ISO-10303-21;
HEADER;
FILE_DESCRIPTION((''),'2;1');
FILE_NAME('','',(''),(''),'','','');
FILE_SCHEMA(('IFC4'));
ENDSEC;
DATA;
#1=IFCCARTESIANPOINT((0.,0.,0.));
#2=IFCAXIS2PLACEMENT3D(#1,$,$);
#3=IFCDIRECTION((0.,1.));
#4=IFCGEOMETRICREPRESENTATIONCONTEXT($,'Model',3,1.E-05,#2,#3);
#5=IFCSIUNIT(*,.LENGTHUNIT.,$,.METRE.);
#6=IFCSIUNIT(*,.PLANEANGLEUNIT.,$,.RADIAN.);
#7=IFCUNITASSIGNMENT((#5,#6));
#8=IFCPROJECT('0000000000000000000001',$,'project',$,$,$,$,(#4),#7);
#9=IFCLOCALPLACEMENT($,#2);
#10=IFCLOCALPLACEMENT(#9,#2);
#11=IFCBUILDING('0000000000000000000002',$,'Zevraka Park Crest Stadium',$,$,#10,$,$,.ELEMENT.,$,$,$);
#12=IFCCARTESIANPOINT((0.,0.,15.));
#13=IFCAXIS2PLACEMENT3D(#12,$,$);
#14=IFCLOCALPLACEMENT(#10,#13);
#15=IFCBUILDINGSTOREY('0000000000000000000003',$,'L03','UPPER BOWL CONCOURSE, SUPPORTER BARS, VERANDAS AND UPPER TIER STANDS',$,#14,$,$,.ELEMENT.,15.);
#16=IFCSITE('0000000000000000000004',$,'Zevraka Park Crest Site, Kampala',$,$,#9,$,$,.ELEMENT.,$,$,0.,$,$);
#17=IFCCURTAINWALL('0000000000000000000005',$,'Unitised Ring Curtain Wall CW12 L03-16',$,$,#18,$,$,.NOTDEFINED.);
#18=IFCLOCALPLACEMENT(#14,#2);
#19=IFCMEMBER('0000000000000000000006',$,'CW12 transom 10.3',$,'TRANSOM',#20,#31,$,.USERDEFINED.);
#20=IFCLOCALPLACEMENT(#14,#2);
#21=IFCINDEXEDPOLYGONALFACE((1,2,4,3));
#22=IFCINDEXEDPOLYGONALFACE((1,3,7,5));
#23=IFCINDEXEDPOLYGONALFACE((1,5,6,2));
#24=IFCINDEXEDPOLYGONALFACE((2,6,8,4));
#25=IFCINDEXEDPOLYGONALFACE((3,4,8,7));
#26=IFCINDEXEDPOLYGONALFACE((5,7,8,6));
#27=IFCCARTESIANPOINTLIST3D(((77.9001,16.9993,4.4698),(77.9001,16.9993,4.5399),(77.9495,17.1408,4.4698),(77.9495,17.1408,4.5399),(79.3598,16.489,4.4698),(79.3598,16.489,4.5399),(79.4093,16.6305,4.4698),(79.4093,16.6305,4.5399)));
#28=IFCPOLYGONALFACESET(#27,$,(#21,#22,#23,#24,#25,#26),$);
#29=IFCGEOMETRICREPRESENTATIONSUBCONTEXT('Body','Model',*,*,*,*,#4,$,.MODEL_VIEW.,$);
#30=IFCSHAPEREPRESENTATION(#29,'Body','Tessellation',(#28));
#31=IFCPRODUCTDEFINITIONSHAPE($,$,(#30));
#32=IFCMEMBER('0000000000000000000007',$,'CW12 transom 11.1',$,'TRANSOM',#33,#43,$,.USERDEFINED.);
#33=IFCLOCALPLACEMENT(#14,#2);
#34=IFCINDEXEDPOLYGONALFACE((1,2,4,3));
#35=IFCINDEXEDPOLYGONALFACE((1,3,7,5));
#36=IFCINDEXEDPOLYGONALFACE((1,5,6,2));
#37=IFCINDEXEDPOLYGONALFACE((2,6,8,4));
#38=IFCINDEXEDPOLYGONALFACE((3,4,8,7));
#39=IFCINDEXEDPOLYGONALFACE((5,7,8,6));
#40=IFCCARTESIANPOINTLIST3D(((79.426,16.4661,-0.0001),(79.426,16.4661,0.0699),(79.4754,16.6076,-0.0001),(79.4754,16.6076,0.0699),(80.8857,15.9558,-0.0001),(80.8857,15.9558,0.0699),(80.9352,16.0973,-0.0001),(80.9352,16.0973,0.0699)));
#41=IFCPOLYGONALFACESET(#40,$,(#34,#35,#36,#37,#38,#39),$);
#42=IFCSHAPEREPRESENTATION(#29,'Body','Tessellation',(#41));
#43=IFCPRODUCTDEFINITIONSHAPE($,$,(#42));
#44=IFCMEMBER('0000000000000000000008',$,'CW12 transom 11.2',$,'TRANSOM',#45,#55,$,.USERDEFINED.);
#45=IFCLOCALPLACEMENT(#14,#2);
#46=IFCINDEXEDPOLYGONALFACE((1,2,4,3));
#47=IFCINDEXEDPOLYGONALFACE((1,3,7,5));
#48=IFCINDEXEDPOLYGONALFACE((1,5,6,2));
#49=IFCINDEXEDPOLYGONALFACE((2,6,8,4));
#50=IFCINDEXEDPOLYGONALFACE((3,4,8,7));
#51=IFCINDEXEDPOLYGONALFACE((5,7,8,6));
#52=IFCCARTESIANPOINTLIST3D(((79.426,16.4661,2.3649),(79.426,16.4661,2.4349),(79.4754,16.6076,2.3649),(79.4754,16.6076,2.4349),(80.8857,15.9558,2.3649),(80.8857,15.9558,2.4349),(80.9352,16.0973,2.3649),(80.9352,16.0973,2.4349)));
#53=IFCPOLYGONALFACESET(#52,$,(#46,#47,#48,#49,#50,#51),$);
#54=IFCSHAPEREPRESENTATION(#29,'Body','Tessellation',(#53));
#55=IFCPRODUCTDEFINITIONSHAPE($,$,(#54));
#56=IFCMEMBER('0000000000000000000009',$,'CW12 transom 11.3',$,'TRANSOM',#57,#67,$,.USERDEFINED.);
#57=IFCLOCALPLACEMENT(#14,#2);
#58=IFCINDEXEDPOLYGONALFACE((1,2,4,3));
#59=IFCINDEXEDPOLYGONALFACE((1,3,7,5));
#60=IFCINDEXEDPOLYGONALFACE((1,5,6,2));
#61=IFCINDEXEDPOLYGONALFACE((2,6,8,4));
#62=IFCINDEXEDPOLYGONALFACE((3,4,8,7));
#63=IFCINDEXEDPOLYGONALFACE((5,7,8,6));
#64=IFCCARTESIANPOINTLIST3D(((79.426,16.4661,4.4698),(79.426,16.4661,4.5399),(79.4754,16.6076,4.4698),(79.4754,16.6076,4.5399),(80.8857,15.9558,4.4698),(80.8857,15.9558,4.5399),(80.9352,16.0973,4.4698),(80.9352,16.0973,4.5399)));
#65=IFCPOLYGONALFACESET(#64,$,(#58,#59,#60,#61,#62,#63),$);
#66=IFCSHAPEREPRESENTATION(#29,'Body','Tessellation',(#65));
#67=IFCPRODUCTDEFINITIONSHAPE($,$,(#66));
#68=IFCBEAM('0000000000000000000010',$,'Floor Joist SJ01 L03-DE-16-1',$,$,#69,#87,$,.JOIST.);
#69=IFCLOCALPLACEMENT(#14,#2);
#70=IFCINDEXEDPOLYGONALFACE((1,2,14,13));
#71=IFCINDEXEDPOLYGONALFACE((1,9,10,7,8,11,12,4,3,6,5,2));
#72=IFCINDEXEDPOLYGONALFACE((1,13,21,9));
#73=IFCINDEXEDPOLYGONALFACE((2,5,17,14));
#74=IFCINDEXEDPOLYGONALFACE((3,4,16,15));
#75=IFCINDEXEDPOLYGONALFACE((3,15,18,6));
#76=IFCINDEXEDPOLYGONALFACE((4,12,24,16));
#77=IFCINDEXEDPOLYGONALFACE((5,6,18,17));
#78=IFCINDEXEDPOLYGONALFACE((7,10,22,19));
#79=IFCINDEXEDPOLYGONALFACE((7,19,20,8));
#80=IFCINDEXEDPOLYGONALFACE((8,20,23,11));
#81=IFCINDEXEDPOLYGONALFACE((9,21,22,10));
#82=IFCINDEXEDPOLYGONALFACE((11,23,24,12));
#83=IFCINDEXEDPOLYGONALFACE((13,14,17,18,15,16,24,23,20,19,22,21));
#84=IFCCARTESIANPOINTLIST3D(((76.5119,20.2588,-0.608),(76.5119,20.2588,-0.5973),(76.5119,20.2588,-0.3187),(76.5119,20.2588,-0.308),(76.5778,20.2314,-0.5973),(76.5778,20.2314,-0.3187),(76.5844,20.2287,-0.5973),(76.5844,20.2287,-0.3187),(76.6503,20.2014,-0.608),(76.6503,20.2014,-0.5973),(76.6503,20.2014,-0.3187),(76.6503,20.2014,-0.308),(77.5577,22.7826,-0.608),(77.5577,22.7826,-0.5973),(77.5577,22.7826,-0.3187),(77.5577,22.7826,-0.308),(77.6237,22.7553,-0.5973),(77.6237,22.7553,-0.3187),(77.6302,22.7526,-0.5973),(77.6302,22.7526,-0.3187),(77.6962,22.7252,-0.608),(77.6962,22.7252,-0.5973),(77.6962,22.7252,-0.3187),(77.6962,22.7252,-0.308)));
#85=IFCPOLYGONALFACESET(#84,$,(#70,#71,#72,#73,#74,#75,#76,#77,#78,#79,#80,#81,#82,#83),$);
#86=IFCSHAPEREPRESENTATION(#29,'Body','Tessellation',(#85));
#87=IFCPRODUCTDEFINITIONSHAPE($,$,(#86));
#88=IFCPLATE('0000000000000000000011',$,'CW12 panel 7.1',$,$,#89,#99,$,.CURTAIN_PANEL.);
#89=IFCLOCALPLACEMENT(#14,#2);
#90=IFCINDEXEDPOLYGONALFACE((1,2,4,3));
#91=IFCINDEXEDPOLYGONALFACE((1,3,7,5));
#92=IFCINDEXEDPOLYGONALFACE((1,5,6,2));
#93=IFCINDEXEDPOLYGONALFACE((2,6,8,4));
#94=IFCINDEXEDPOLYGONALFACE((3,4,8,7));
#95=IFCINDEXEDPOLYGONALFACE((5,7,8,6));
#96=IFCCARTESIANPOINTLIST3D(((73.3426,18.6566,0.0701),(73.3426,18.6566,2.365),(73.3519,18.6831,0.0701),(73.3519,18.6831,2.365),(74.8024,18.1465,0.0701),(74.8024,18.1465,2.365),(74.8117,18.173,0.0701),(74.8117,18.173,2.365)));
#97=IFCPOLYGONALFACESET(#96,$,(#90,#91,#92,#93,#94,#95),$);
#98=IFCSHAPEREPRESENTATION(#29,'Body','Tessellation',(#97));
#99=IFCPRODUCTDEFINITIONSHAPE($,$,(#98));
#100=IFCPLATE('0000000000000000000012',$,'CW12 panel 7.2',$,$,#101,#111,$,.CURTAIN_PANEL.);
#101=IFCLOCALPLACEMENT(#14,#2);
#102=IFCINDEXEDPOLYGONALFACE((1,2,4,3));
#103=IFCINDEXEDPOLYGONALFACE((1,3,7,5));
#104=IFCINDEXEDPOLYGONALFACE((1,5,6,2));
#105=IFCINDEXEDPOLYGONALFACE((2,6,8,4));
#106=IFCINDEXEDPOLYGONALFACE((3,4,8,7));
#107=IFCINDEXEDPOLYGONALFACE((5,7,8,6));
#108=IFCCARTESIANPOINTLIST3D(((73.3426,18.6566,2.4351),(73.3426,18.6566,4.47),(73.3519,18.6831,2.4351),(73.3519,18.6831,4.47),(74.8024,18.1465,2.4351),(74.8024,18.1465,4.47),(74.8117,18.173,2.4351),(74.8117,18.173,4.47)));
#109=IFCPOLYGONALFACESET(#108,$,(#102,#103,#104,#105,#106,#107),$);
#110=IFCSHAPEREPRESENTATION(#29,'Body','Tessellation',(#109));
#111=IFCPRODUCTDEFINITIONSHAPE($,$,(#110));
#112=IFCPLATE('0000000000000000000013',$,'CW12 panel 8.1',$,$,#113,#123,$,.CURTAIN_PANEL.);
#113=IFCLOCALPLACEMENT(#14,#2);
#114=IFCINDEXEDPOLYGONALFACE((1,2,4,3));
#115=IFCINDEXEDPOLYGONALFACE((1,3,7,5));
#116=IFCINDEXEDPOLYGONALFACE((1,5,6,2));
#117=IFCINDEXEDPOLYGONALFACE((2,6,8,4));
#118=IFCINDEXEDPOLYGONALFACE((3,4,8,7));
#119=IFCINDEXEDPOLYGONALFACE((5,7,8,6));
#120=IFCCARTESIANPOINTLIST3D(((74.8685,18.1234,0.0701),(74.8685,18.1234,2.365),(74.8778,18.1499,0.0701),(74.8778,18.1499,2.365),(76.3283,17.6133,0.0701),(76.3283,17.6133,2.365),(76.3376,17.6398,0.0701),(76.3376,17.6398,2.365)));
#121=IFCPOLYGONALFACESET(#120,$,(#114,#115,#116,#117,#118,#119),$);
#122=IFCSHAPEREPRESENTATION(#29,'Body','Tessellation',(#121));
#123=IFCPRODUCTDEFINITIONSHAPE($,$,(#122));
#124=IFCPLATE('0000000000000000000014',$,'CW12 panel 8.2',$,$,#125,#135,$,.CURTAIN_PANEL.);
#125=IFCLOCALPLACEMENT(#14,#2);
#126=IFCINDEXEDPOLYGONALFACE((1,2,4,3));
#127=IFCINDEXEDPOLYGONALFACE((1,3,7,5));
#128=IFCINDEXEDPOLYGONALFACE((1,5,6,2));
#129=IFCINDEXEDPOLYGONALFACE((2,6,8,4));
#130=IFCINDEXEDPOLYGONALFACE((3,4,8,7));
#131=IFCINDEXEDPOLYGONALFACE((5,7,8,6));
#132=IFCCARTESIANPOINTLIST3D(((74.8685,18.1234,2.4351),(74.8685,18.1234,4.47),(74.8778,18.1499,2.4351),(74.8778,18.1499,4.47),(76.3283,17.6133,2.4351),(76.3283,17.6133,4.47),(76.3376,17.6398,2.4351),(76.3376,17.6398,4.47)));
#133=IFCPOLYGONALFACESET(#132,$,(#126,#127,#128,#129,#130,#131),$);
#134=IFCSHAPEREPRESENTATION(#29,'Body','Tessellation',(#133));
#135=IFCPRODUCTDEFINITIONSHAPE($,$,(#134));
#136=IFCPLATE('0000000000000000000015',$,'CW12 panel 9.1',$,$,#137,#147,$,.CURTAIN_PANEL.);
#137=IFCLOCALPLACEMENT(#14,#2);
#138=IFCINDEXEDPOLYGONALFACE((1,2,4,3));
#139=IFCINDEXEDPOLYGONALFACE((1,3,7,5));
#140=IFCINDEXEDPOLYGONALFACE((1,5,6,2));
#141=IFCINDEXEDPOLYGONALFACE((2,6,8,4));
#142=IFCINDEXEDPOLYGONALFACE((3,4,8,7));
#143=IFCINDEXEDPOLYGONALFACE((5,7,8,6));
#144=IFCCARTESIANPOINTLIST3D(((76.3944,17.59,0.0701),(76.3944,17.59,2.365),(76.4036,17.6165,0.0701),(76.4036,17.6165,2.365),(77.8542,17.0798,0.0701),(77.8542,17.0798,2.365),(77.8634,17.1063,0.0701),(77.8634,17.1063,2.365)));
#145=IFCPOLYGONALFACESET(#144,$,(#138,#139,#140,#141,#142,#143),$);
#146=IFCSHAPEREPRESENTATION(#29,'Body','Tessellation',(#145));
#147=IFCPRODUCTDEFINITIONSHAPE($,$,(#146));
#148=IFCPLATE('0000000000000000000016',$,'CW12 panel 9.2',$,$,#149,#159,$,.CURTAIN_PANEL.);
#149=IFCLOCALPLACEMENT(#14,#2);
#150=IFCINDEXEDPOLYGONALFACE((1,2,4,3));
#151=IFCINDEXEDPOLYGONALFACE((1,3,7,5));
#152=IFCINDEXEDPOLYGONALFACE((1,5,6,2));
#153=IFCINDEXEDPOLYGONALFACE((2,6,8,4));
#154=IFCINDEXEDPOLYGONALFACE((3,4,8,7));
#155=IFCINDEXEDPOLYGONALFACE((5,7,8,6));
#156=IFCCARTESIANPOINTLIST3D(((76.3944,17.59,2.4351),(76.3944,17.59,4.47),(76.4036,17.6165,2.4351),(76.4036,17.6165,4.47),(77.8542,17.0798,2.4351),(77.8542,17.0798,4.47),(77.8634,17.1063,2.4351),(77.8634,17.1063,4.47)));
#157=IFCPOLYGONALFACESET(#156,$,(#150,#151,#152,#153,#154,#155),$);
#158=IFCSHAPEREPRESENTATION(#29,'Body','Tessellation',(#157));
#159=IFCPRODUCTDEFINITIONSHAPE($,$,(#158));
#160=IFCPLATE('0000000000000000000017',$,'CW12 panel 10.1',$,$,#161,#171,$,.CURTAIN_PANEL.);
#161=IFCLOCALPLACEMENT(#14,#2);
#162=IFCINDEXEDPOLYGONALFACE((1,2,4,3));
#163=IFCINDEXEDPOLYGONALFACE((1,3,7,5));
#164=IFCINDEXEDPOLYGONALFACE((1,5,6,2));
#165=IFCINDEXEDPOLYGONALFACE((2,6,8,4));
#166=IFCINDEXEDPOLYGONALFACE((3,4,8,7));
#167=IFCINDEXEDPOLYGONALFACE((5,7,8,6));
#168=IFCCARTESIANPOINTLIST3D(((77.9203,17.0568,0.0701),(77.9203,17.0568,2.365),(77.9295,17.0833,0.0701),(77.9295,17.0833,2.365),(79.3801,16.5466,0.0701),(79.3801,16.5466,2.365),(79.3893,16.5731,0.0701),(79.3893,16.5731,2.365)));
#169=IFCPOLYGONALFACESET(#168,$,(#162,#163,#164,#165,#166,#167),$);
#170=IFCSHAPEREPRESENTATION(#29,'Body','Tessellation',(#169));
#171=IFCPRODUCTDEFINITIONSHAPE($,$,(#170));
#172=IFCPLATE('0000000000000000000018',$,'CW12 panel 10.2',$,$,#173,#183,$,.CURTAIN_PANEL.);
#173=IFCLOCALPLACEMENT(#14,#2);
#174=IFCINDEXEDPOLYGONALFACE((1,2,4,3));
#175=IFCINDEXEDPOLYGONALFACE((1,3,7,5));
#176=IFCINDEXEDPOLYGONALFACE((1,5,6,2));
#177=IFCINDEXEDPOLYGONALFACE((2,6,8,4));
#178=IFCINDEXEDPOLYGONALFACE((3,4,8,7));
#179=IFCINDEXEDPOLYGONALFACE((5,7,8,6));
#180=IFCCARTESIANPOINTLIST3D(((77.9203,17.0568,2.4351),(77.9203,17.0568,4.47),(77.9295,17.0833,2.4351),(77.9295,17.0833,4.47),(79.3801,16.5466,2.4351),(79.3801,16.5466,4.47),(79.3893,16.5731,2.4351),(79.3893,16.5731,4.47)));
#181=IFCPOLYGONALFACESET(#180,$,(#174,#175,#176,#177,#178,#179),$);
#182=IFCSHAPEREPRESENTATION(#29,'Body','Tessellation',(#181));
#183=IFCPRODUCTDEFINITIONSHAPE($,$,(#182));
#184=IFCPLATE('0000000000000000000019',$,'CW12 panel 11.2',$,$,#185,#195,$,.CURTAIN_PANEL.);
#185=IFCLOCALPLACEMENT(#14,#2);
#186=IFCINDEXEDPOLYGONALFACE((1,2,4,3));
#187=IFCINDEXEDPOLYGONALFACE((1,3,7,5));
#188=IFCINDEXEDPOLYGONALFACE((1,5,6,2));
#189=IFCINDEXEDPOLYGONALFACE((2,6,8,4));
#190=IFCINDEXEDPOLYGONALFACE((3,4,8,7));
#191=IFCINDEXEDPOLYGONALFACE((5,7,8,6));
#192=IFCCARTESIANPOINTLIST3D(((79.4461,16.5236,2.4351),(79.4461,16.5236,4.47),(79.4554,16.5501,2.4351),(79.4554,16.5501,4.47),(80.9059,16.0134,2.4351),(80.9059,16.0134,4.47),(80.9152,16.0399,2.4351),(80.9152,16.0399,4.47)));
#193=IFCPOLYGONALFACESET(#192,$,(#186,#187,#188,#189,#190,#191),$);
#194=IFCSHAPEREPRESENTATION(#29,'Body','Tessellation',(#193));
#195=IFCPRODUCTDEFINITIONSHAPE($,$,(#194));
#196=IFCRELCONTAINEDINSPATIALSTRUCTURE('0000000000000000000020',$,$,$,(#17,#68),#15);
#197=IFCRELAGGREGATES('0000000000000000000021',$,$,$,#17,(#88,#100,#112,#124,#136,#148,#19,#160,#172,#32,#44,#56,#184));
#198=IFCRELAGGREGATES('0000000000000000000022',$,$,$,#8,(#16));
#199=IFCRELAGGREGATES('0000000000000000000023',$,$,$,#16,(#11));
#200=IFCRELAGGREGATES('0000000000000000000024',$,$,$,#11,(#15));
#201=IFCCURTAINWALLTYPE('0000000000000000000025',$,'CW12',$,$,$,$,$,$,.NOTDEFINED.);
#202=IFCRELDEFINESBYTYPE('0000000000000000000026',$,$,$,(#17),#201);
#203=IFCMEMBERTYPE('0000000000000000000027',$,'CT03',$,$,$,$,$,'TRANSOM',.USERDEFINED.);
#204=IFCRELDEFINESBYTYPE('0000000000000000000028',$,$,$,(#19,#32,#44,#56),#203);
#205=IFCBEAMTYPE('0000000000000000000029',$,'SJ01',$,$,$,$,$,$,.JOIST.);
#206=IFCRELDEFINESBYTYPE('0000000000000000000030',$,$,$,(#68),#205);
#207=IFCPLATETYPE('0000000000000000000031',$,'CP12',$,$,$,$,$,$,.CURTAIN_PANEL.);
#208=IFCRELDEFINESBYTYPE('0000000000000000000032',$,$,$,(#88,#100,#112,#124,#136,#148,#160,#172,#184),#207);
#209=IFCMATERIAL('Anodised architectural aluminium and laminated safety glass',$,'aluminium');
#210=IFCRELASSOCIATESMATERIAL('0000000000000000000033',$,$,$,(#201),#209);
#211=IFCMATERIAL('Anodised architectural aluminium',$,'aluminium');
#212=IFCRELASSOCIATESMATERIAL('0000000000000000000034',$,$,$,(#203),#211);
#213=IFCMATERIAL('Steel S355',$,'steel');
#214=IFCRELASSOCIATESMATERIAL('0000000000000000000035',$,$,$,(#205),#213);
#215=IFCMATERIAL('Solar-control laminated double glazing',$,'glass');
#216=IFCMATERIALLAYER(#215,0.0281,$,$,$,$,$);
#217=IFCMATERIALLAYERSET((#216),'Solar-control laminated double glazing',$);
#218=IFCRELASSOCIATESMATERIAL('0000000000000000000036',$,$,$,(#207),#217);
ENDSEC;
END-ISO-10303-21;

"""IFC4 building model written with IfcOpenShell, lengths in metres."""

from ifc_helpers import new_model, si_unit, direction, frame, origin, origin_2d, place, context, subcontext, project, spatial, rectangle, i_section, extrude, material, layer, layer_set, material_profile, profile_set, type_object, element, aggregate, save


model = new_model("IFC4")

# Units and contexts
model_context = context("Model", 3, precision=1e-05, world=origin(), true_north=direction((0.0, 1.0)))
body_context = subcontext(model_context, "Body", "Model", "MODEL_VIEW")
ifc_project = project(units=[si_unit("LENGTHUNIT", "METRE"), si_unit("PLANEANGLEUNIT", "RADIAN")], contexts=[model_context])

# Site, building, storey
site_placement = place(None, origin())
site = spatial("IfcSite", under=ifc_project, at=site_placement, Name="Zevraka Park Crest Site, Kampala", CompositionType="ELEMENT", RefElevation=0.0)
building_placement = place(site_placement, origin())
building = spatial("IfcBuilding", under=site, at=building_placement, Name="Zevraka Park Crest Stadium", CompositionType="ELEMENT")
storey_placement = place(building_placement, frame((0.0, 0.0, 15.0)))
storey = spatial("IfcBuildingStorey", under=building, at=storey_placement, Name="L03", Description="UPPER BOWL CONCOURSE, SUPPORTER BARS, VERANDAS AND UPPER TIER STANDS", CompositionType="ELEMENT", Elevation=15.0)

# Curtain wall, members
ifc_material_1 = material(Name="Anodised architectural aluminium and laminated safety glass", Category="aluminium")
curtain_wall_type = type_object("IfcCurtainWallType", Name="CW12", PredefinedType="NOTDEFINED", material=ifc_material_1)
curtain_wall_placement = place(storey_placement, origin())
curtain_wall = element("IfcCurtainWall", 1, at=curtain_wall_placement, inside=storey, type_object=curtain_wall_type, Name="Unitised Ring Curtain Wall CW12 L03-16", PredefinedType="NOTDEFINED")
ifc_material_2 = material(Name="Anodised architectural aluminium", Category="aluminium")
ifc_material_profile_1 = material_profile(ifc_material_2, rectangle(XDim=0.1499, YDim=0.0701, at=origin_2d()), Name="ALU TRANSOM 150x70")
ifc_profile_set_1 = profile_set([ifc_material_profile_1], Name="Anodised architectural aluminium")
member_type_1 = type_object("IfcMemberType", Name="CT03", ElementType="TRANSOM", PredefinedType="USERDEFINED", material=ifc_profile_set_1)
member_1_placement = place(storey_placement, frame((77.9248, 17.0701, 4.5049), z_axis=(0.943989, -0.329978, 0.0), x_axis=(0.329978, 0.943989, 0.0)))
member_1 = element("IfcMember", 2, at=member_1_placement, type_object=member_type_1, Name="CW12 transom 10.3", ObjectType="TRANSOM", PredefinedType="USERDEFINED", context=body_context, shape_type="SweptSolid", body=[
    extrude(rectangle(XDim=0.1499, YDim=0.0701, at=origin_2d()), origin(), (0.0, 0.0, 1.0), 1.5464),
])
member_2_placement = place(storey_placement, frame((79.4507, 16.5369, 0.0349), z_axis=(0.943989, -0.329978, 0.0), x_axis=(0.329978, 0.943989, 0.0)))
member_2 = element("IfcMember", 3, at=member_2_placement, type_object=member_type_1, Name="CW12 transom 11.1", ObjectType="TRANSOM", PredefinedType="USERDEFINED", context=body_context, shape_type="SweptSolid", body=[
    extrude(rectangle(XDim=0.1499, YDim=0.0701, at=origin_2d()), origin(), (0.0, 0.0, 1.0), 1.5464),
])
member_3_placement = place(storey_placement, frame((79.4507, 16.5369, 2.3999), z_axis=(0.943989, -0.329978, 0.0), x_axis=(0.329978, 0.943989, 0.0)))
member_3 = element("IfcMember", 4, at=member_3_placement, type_object=member_type_1, Name="CW12 transom 11.2", ObjectType="TRANSOM", PredefinedType="USERDEFINED", context=body_context, shape_type="SweptSolid", body=[
    extrude(rectangle(XDim=0.1499, YDim=0.0701, at=origin_2d()), origin(), (0.0, 0.0, 1.0), 1.5464),
])
member_4_placement = place(storey_placement, frame((79.4507, 16.5369, 4.5049), z_axis=(0.943989, -0.329978, 0.0), x_axis=(0.329978, 0.943989, 0.0)))
member_4 = element("IfcMember", 5, at=member_4_placement, type_object=member_type_1, Name="CW12 transom 11.3", ObjectType="TRANSOM", PredefinedType="USERDEFINED", context=body_context, shape_type="SweptSolid", body=[
    extrude(rectangle(XDim=0.1499, YDim=0.0701, at=origin_2d()), origin(), (0.0, 0.0, 1.0), 1.5464),
])

# Beam
ifc_material_3 = material(Name="Steel S355", Category="steel")
ifc_material_profile_2 = material_profile(ifc_material_3, i_section(OverallWidth=0.1499, OverallDepth=0.3, WebThickness=0.0071, FlangeThickness=0.0107, at=origin_2d()), Name="IPE 300")
ifc_profile_set_2 = profile_set([ifc_material_profile_2], Name="Steel S355")
beam_type = type_object("IfcBeamType", Name="SJ01", PredefinedType="JOIST", material=ifc_profile_set_2)
beam_placement = place(storey_placement, frame((77.627, 22.7539, -0.458), z_axis=(-0.382825, -0.923821, 0.0), x_axis=(0.923821, -0.382825, 0.0)))
element("IfcBeam", 6, at=beam_placement, inside=storey, type_object=beam_type, Name="Floor Joist SJ01 L03-DE-16-1", PredefinedType="JOIST", context=body_context, shape_type="SweptSolid", body=[
    extrude(i_section(OverallWidth=0.1499, OverallDepth=0.3, WebThickness=0.0071, FlangeThickness=0.0107, at=origin_2d()), origin(), (0.0, 0.0, 1.0), 2.7319),
])

# Plates
ifc_material_4 = material(Name="Solar-control laminated double glazing", Category="glass")
ifc_layer_1 = layer(ifc_material_4, 0.0281)
ifc_layer_set_1 = layer_set([ifc_layer_1], Name="Solar-control laminated double glazing")
plate_type = type_object("IfcPlateType", Name="CP12", PredefinedType="CURTAIN_PANEL", material=ifc_layer_set_1)
plate_1_placement = place(storey_placement, frame((74.0771, 18.4148, 0.0701), z_axis=(0.0, 0.0, 1.0), x_axis=(0.94401, -0.329917, 0.0)))
plate_1 = element("IfcPlate", 7, at=plate_1_placement, type_object=plate_type, Name="CW12 panel 7.1", PredefinedType="CURTAIN_PANEL", context=body_context, shape_type="SweptSolid", body=[
    extrude(rectangle(XDim=1.5464, YDim=0.0281, at=origin_2d()), origin(), (0.0, 0.0, 1.0), 2.2949),
])
plate_2_placement = place(storey_placement, frame((74.0771, 18.4148, 2.4351), z_axis=(0.0, 0.0, 1.0), x_axis=(0.94401, -0.329917, 0.0)))
plate_2 = element("IfcPlate", 8, at=plate_2_placement, type_object=plate_type, Name="CW12 panel 7.2", PredefinedType="CURTAIN_PANEL", context=body_context, shape_type="SweptSolid", body=[
    extrude(rectangle(XDim=1.5464, YDim=0.0281, at=origin_2d()), origin(), (0.0, 0.0, 1.0), 2.0349),
])
plate_3_placement = place(storey_placement, frame((75.603, 17.8816, 0.0701), z_axis=(0.0, 0.0, 1.0), x_axis=(0.94401, -0.329917, 0.0)))
plate_3 = element("IfcPlate", 9, at=plate_3_placement, type_object=plate_type, Name="CW12 panel 8.1", PredefinedType="CURTAIN_PANEL", context=body_context, shape_type="SweptSolid", body=[
    extrude(rectangle(XDim=1.5464, YDim=0.0281, at=origin_2d()), origin(), (0.0, 0.0, 1.0), 2.2949),
])
plate_4_placement = place(storey_placement, frame((75.603, 17.8816, 2.4351), z_axis=(0.0, 0.0, 1.0), x_axis=(0.94401, -0.329917, 0.0)))
plate_4 = element("IfcPlate", 10, at=plate_4_placement, type_object=plate_type, Name="CW12 panel 8.2", PredefinedType="CURTAIN_PANEL", context=body_context, shape_type="SweptSolid", body=[
    extrude(rectangle(XDim=1.5464, YDim=0.0281, at=origin_2d()), origin(), (0.0, 0.0, 1.0), 2.0349),
])
plate_5_placement = place(storey_placement, frame((77.1289, 17.3481, 0.0701), z_axis=(0.0, 0.0, 1.0), x_axis=(0.94401, -0.329917, 0.0)))
plate_5 = element("IfcPlate", 11, at=plate_5_placement, type_object=plate_type, Name="CW12 panel 9.1", PredefinedType="CURTAIN_PANEL", context=body_context, shape_type="SweptSolid", body=[
    extrude(rectangle(XDim=1.5464, YDim=0.0281, at=origin_2d()), origin(), (0.0, 0.0, 1.0), 2.2949),
])
plate_6_placement = place(storey_placement, frame((77.1289, 17.3481, 2.4351), z_axis=(0.0, 0.0, 1.0), x_axis=(0.94401, -0.329917, 0.0)))
plate_6 = element("IfcPlate", 12, at=plate_6_placement, type_object=plate_type, Name="CW12 panel 9.2", PredefinedType="CURTAIN_PANEL", context=body_context, shape_type="SweptSolid", body=[
    extrude(rectangle(XDim=1.5464, YDim=0.0281, at=origin_2d()), origin(), (0.0, 0.0, 1.0), 2.0349),
])
plate_7_placement = place(storey_placement, frame((78.6548, 16.8149, 0.0701), z_axis=(0.0, 0.0, 1.0), x_axis=(0.94401, -0.329917, 0.0)))
plate_7 = element("IfcPlate", 13, at=plate_7_placement, type_object=plate_type, Name="CW12 panel 10.1", PredefinedType="CURTAIN_PANEL", context=body_context, shape_type="SweptSolid", body=[
    extrude(rectangle(XDim=1.5464, YDim=0.0281, at=origin_2d()), origin(), (0.0, 0.0, 1.0), 2.2949),
])
plate_8_placement = place(storey_placement, frame((78.6548, 16.8149, 2.4351), z_axis=(0.0, 0.0, 1.0), x_axis=(0.94401, -0.329917, 0.0)))
plate_8 = element("IfcPlate", 14, at=plate_8_placement, type_object=plate_type, Name="CW12 panel 10.2", PredefinedType="CURTAIN_PANEL", context=body_context, shape_type="SweptSolid", body=[
    extrude(rectangle(XDim=1.5464, YDim=0.0281, at=origin_2d()), origin(), (0.0, 0.0, 1.0), 2.0349),
])
plate_9_placement = place(storey_placement, frame((80.1807, 16.2817, 2.4351), z_axis=(0.0, 0.0, 1.0), x_axis=(0.94401, -0.329917, 0.0)))
plate_9 = element("IfcPlate", 15, at=plate_9_placement, type_object=plate_type, Name="CW12 panel 11.2", PredefinedType="CURTAIN_PANEL", context=body_context, shape_type="SweptSolid", body=[
    extrude(rectangle(XDim=1.5464, YDim=0.0281, at=origin_2d()), origin(), (0.0, 0.0, 1.0), 2.0349),
])
aggregate(curtain_wall, [plate_1, plate_2, plate_3, plate_4, plate_5, plate_6, member_1, plate_7, plate_8, member_2, member_3, member_4, plate_9])

save(model, "model.ifc")
